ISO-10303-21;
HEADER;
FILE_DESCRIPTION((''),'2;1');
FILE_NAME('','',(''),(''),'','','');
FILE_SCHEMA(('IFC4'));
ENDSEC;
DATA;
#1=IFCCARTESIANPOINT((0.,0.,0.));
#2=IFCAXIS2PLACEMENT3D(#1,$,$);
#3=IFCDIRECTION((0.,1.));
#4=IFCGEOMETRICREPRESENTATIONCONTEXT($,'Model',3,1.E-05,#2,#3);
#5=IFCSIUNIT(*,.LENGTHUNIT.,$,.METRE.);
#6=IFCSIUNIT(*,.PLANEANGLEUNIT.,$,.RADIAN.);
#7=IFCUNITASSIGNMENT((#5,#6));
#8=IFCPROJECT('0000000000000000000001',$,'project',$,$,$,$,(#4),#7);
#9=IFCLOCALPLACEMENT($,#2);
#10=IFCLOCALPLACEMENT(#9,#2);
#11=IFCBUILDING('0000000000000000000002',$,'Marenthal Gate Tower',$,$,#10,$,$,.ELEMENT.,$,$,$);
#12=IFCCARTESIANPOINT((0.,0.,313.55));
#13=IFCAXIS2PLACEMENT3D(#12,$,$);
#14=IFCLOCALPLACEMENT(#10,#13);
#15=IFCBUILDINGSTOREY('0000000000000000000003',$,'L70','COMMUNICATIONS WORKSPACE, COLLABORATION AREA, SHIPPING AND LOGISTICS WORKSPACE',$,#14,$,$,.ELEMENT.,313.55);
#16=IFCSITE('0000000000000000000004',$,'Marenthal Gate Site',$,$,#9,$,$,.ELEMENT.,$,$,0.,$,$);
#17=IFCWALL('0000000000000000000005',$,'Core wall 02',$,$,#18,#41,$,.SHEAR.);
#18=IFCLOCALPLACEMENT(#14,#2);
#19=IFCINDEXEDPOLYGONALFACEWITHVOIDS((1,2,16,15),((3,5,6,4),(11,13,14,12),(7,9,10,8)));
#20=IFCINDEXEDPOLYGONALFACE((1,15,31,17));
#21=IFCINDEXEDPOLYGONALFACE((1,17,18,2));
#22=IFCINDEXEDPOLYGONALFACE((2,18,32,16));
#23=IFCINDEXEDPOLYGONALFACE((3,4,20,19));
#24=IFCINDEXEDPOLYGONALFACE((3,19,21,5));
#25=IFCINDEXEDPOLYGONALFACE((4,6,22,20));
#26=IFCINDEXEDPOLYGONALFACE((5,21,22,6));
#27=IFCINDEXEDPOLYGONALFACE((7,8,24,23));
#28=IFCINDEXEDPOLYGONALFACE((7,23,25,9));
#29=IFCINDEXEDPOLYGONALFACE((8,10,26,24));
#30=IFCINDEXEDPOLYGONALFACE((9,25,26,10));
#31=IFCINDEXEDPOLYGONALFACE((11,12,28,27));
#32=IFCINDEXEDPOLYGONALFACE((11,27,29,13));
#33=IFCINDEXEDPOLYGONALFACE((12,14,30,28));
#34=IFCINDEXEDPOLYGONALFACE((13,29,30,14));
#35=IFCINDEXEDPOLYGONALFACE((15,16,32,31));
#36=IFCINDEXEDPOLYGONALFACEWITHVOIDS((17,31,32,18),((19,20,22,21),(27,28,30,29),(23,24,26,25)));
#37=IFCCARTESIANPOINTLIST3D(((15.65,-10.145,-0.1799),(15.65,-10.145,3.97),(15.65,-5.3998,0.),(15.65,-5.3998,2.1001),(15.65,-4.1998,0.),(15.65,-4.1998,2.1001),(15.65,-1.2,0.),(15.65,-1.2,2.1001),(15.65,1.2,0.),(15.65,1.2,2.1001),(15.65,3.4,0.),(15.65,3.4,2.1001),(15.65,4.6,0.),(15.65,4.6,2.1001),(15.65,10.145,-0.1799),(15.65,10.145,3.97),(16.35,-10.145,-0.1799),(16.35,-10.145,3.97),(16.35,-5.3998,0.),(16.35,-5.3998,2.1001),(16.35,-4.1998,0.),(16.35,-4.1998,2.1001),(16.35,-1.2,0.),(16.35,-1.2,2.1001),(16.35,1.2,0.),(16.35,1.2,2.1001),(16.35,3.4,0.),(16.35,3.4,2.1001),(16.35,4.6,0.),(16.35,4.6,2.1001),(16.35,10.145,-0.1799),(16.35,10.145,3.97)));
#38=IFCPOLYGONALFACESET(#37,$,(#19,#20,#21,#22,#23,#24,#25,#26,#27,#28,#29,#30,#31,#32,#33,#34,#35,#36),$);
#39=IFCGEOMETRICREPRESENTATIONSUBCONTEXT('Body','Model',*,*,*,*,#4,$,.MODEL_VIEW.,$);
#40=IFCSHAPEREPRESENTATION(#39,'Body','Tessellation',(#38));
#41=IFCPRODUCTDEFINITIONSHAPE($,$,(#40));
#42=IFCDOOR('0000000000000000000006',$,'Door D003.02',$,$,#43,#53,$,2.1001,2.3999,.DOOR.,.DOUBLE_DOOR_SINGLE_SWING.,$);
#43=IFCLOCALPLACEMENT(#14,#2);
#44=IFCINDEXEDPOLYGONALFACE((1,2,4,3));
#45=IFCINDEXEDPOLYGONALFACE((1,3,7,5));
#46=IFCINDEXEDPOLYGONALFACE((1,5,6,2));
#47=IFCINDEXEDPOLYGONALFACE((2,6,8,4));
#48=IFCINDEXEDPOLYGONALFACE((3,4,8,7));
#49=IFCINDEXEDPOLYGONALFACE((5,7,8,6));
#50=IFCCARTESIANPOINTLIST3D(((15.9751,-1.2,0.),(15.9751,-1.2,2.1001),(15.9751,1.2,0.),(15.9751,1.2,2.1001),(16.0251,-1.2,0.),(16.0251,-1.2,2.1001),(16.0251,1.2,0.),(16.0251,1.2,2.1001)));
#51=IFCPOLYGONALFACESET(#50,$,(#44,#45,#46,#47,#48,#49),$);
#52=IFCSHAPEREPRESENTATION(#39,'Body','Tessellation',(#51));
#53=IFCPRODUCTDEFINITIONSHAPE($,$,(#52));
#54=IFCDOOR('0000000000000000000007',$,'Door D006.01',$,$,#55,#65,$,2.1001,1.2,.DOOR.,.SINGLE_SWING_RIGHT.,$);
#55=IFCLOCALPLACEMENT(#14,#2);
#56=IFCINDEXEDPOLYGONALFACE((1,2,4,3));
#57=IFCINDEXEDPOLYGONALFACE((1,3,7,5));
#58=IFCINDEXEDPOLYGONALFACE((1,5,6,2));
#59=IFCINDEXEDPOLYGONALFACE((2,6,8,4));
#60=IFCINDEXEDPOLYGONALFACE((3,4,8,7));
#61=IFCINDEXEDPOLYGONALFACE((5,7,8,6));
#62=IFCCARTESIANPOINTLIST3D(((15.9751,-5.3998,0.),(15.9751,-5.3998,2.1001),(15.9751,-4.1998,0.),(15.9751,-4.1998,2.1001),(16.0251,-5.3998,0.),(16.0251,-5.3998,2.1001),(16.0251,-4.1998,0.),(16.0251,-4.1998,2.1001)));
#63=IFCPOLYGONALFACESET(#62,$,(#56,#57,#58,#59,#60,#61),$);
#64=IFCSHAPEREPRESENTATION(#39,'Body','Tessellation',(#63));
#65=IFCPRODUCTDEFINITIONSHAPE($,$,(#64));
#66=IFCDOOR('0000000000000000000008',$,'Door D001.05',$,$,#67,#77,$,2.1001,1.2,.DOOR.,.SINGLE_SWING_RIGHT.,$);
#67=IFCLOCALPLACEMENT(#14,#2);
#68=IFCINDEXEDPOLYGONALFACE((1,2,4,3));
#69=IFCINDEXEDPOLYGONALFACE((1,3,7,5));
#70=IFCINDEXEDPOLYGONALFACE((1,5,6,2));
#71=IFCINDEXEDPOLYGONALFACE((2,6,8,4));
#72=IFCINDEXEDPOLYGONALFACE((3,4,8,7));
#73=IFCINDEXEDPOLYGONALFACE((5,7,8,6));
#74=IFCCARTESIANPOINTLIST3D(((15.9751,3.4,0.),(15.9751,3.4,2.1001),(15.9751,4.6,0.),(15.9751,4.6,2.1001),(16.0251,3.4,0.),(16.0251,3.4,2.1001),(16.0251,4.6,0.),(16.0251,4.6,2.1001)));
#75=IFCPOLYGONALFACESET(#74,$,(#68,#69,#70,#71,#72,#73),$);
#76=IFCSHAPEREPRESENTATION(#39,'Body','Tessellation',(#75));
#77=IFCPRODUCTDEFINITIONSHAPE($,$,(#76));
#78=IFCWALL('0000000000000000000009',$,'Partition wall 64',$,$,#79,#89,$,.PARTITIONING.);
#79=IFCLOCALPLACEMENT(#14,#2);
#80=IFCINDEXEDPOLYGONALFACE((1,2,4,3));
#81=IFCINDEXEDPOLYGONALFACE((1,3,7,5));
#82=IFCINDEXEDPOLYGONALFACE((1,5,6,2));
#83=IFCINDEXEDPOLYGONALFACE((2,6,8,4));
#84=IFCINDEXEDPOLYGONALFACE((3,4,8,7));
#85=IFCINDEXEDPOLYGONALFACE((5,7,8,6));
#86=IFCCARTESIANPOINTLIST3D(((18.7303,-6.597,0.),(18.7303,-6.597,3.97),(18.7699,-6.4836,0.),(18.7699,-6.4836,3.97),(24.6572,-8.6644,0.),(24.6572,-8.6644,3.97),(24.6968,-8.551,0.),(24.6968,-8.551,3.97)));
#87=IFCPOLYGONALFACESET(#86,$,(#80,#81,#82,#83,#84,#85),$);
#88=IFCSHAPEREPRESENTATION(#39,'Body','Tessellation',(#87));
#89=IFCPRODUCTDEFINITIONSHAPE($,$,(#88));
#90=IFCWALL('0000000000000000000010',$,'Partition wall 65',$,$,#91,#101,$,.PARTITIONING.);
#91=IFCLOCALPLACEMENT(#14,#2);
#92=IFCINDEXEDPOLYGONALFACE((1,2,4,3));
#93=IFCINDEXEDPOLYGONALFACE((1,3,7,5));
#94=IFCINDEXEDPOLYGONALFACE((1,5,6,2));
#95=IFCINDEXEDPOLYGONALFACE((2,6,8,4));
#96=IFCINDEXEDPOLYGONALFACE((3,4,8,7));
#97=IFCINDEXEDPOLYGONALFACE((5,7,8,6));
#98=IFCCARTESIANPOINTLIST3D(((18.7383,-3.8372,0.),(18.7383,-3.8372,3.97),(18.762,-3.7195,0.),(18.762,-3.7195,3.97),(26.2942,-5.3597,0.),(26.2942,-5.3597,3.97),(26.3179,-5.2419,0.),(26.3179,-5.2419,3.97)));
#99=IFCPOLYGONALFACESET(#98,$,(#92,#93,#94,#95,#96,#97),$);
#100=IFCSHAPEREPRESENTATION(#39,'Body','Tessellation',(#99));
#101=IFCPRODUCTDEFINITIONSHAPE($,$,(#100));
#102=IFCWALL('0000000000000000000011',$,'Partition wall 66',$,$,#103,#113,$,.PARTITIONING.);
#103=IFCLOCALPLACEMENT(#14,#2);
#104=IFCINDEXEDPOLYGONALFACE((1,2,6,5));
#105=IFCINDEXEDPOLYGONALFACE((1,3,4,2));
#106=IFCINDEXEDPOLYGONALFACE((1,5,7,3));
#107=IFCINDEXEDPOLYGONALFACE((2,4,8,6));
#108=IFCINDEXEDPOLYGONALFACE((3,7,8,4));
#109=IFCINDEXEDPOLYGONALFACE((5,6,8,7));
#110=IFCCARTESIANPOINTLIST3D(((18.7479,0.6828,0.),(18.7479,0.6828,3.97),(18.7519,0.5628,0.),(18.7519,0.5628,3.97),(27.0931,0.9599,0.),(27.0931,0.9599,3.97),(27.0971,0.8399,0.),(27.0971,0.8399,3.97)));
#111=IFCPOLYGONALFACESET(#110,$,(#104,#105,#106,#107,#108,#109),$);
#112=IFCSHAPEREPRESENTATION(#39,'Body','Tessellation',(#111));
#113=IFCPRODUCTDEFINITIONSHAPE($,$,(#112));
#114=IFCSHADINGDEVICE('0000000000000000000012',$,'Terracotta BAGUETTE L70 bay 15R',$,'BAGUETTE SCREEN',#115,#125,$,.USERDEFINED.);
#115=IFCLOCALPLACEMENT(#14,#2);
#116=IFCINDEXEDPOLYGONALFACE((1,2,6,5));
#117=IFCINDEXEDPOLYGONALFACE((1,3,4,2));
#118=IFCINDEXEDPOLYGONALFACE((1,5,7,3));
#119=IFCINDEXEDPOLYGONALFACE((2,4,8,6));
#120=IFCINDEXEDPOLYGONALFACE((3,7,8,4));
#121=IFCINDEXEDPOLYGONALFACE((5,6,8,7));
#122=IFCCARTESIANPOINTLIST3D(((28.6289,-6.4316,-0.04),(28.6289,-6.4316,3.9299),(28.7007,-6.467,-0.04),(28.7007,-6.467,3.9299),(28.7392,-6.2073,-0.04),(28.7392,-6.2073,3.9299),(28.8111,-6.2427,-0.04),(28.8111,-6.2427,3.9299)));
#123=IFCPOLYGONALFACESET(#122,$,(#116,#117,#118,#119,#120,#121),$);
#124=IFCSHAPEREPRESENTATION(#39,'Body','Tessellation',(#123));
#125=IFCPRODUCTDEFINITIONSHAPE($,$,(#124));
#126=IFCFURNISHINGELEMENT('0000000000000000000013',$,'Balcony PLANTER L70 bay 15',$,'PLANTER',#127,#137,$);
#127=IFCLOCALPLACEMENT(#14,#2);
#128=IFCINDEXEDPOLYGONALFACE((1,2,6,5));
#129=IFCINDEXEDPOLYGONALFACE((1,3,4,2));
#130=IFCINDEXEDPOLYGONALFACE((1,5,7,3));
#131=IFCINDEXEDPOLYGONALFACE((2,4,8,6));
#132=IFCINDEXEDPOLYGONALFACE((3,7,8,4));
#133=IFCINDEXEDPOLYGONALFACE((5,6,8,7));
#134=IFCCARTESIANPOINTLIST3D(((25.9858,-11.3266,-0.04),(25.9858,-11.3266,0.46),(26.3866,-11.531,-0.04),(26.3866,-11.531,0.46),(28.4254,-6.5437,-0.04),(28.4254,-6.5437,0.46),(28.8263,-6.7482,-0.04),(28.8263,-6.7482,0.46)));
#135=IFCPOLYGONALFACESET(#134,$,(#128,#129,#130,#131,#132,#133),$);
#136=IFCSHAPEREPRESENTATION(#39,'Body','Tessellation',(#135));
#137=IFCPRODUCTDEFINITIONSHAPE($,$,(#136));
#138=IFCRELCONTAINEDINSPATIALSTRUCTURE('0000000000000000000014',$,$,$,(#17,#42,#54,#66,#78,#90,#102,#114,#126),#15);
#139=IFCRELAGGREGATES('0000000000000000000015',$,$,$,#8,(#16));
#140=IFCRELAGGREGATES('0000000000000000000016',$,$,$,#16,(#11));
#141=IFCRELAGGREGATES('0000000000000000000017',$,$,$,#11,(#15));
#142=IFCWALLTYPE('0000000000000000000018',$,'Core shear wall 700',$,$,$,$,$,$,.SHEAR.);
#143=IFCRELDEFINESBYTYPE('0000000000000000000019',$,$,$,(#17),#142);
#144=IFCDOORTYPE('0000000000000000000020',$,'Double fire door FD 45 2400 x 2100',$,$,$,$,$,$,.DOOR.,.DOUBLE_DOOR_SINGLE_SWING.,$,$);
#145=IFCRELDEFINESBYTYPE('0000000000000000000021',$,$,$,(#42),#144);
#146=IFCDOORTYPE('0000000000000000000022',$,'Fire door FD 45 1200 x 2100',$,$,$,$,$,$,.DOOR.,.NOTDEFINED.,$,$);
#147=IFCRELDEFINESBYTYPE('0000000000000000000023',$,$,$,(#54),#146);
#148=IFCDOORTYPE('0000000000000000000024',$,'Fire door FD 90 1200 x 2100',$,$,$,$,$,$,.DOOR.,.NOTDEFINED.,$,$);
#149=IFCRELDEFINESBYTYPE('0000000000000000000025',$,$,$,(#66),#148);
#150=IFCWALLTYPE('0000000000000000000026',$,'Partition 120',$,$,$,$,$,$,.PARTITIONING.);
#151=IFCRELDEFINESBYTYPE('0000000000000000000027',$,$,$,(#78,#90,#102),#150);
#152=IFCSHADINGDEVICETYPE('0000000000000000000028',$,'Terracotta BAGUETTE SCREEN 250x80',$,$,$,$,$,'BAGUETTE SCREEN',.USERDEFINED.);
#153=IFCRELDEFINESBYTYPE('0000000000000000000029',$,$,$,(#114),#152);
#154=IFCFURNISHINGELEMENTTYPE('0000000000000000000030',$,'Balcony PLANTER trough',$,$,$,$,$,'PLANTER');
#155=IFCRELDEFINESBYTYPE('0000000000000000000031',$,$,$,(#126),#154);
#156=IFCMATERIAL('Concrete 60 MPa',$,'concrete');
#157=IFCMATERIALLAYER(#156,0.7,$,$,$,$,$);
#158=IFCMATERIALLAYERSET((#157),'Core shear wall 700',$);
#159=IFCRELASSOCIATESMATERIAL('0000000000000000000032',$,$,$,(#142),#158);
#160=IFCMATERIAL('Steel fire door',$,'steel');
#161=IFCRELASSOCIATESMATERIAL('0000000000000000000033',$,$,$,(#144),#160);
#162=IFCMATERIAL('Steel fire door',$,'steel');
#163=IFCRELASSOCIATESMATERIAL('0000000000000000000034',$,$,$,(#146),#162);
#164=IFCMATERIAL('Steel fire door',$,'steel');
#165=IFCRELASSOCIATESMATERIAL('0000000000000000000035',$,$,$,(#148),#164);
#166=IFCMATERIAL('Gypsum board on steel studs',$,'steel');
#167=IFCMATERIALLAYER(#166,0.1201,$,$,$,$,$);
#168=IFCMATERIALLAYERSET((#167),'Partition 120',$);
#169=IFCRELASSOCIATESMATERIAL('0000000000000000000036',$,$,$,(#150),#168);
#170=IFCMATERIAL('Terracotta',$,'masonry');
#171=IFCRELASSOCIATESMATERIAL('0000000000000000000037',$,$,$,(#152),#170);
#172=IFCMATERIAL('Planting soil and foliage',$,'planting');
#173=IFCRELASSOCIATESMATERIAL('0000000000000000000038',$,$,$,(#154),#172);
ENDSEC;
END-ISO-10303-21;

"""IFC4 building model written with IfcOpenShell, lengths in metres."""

from ifc_helpers import new_model, si_unit, direction, frame, frame_2d, origin, origin_2d, place, context, subcontext, project, spatial, rectangle, extrude, material, layer, layer_set, material_profile, profile_set, type_object, element, fill, save


model = new_model("IFC4")

# Units and contexts
model_context = context("Model", 3, precision=1e-05, world=origin(), true_north=direction((0.0, 1.0)))
body_context = subcontext(model_context, "Body", "Model", "MODEL_VIEW")
ifc_project = project(units=[si_unit("LENGTHUNIT", "METRE"), si_unit("PLANEANGLEUNIT", "RADIAN")], contexts=[model_context])

# Site, building, storey
site_placement = place(None, origin())
site = spatial("IfcSite", under=ifc_project, at=site_placement, Name="Marenthal Gate Site", CompositionType="ELEMENT", RefElevation=0.0)
building_placement = place(site_placement, origin())
building = spatial("IfcBuilding", under=site, at=building_placement, Name="Marenthal Gate Tower", CompositionType="ELEMENT")
storey_placement = place(building_placement, frame((0.0, 0.0, 313.55)))
storey = spatial("IfcBuildingStorey", under=building, at=storey_placement, Name="L70", Description="COMMUNICATIONS WORKSPACE, COLLABORATION AREA, SHIPPING AND LOGISTICS WORKSPACE", CompositionType="ELEMENT", Elevation=313.55)

# Wall, openings, doors
ifc_material_1 = material(Name="Concrete 60 MPa", Category="concrete")
ifc_layer_1 = layer(ifc_material_1, 0.7)
ifc_layer_set_1 = layer_set([ifc_layer_1], Name="Core shear wall 700")
wall_type_1 = type_object("IfcWallType", Name="Core shear wall 700", PredefinedType="SHEAR", material=ifc_layer_set_1)
wall_1_placement = place(storey_placement, frame((16.0, -10.145, -0.1799), z_axis=(0.0, 0.0, 1.0), x_axis=(0.0, 1.0, 0.0)))
wall_1 = element("IfcWall", 1, at=wall_1_placement, inside=storey, type_object=wall_type_1, Name="Core wall 02", PredefinedType="SHEAR", context=body_context, shape_type="SweptSolid", body=[
    extrude(rectangle(XDim=20.29, YDim=0.7, at=frame_2d((10.145, 0.0))), origin(), (0.0, 0.0, 1.0), 4.1499),
])
opening_1_placement = place(wall_1_placement, frame((8.9451, 0.0, 0.1799)))
opening_1 = element("IfcOpeningElement", 2, at=opening_1_placement, cuts=wall_1, PredefinedType="OPENING", context=body_context, shape_type="SweptSolid", body=[
    extrude(rectangle(XDim=2.3999, YDim=2.1001, at=frame_2d((1.2, 1.05))), frame((0.0, 0.3599, 0.0), z_axis=(0.0, -1.0, 0.0), x_axis=(1.0, 0.0, 0.0)), (0.0, 0.0, 1.0), 0.72),
])
opening_2_placement = place(wall_1_placement, frame((13.5449, 0.0, 0.1799)))
opening_2 = element("IfcOpeningElement", 3, at=opening_2_placement, cuts=wall_1, PredefinedType="OPENING", context=body_context, shape_type="SweptSolid", body=[
    extrude(rectangle(XDim=1.2, YDim=2.1001, at=frame_2d((0.6001, 1.05))), frame((0.0, 0.3599, 0.0), z_axis=(0.0, -1.0, 0.0), x_axis=(1.0, 0.0, 0.0)), (0.0, 0.0, 1.0), 0.72),
])
opening_3_placement = place(wall_1_placement, frame((4.7451, 0.0, 0.1799)))
opening_3 = element("IfcOpeningElement", 4, at=opening_3_placement, cuts=wall_1, PredefinedType="OPENING", context=body_context, shape_type="SweptSolid", body=[
    extrude(rectangle(XDim=1.2, YDim=2.1001, at=frame_2d((0.6001, 1.05))), frame((0.0, 0.3599, 0.0), z_axis=(0.0, -1.0, 0.0), x_axis=(1.0, 0.0, 0.0)), (0.0, 0.0, 1.0), 0.72),
])
ifc_material_2 = material(Name="Steel fire door", Category="steel")
door_type_1 = type_object("IfcDoorType", Name="Double fire door FD 45 2400 x 2100", OperationType="DOUBLE_DOOR_SINGLE_SWING", PredefinedType="DOOR", material=ifc_material_2)
door_1_placement = place(opening_1_placement, origin())
door_1 = element("IfcDoor", 5, at=door_1_placement, inside=storey, type_object=door_type_1, Name="Door D003.02", OperationType="DOUBLE_DOOR_SINGLE_SWING", OverallHeight=2.1001, OverallWidth=2.3999, PredefinedType="DOOR", context=body_context, shape_type="SweptSolid", body=[
    extrude(rectangle(XDim=2.3999, YDim=2.1001, at=frame_2d((1.2, 1.05))), frame((0.0, 0.0249, 0.0), z_axis=(0.0, -1.0, 0.0), x_axis=(1.0, 0.0, 0.0)), (0.0, 0.0, 1.0), 0.05),
])
fill(opening_1, door_1)
ifc_material_3 = material(Name="Steel fire door", Category="steel")
door_type_2 = type_object("IfcDoorType", Name="Fire door FD 45 1200 x 2100", OperationType="NOTDEFINED", PredefinedType="DOOR", material=ifc_material_3)
door_2_placement = place(opening_3_placement, origin())
door_2 = element("IfcDoor", 6, at=door_2_placement, inside=storey, type_object=door_type_2, Name="Door D006.01", OperationType="SINGLE_SWING_RIGHT", OverallHeight=2.1001, OverallWidth=1.2, PredefinedType="DOOR", context=body_context, shape_type="SweptSolid", body=[
    extrude(rectangle(XDim=1.2, YDim=2.1001, at=frame_2d((0.6001, 1.05))), frame((0.0, 0.0249, 0.0), z_axis=(0.0, -1.0, 0.0), x_axis=(1.0, 0.0, 0.0)), (0.0, 0.0, 1.0), 0.05),
])
fill(opening_3, door_2)
ifc_material_4 = material(Name="Steel fire door", Category="steel")
door_type_3 = type_object("IfcDoorType", Name="Fire door FD 90 1200 x 2100", OperationType="NOTDEFINED", PredefinedType="DOOR", material=ifc_material_4)
door_3_placement = place(opening_2_placement, origin())
door_3 = element("IfcDoor", 7, at=door_3_placement, inside=storey, type_object=door_type_3, Name="Door D001.05", OperationType="SINGLE_SWING_RIGHT", OverallHeight=2.1001, OverallWidth=1.2, PredefinedType="DOOR", context=body_context, shape_type="SweptSolid", body=[
    extrude(rectangle(XDim=1.2, YDim=2.1001, at=frame_2d((0.6001, 1.05))), frame((0.0, 0.0249, 0.0), z_axis=(0.0, -1.0, 0.0), x_axis=(1.0, 0.0, 0.0)), (0.0, 0.0, 1.0), 0.05),
])
fill(opening_2, door_3)

# Walls
ifc_material_5 = material(Name="Gypsum board on steel studs", Category="steel")
ifc_layer_2 = layer(ifc_material_5, 0.1201)
ifc_layer_set_2 = layer_set([ifc_layer_2], Name="Partition 120")
wall_type_2 = type_object("IfcWallType", Name="Partition 120", PredefinedType="PARTITIONING", material=ifc_layer_set_2)
wall_2_placement = place(storey_placement, frame((18.75, -6.5403, 0.0), z_axis=(0.0, 0.0, 1.0), x_axis=(0.944209, -0.329347, 0.0)))
element("IfcWall", 8, at=wall_2_placement, inside=storey, type_object=wall_type_2, Name="Partition wall 64", PredefinedType="PARTITIONING", context=body_context, shape_type="SweptSolid", body=[
    extrude(rectangle(XDim=6.2771, YDim=0.1201, at=frame_2d((3.1387, 0.0))), origin(), (0.0, 0.0, 1.0), 3.97),
])
wall_3_placement = place(storey_placement, frame((18.75, -3.7783, 0.0), z_axis=(0.0, 0.0, 1.0), x_axis=(0.980298, -0.197523, 0.0)))
element("IfcWall", 9, at=wall_3_placement, inside=storey, type_object=wall_type_2, Name="Partition wall 65", PredefinedType="PARTITIONING", context=body_context, shape_type="SweptSolid", body=[
    extrude(rectangle(XDim=7.7078, YDim=0.1201, at=frame_2d((3.854, 0.0))), origin(), (0.0, 0.0, 1.0), 3.97),
])
wall_4_placement = place(storey_placement, frame((18.75, 0.6228, 0.0), z_axis=(0.0, 0.0, 1.0), x_axis=(0.999449, 0.033186, 0.0)))
element("IfcWall", 10, at=wall_4_placement, inside=storey, type_object=wall_type_2, Name="Partition wall 66", PredefinedType="PARTITIONING", context=body_context, shape_type="SweptSolid", body=[
    extrude(rectangle(XDim=8.3499, YDim=0.1201, at=frame_2d((4.1748, 0.0))), origin(), (0.0, 0.0, 1.0), 3.97),
])

# Shading device
ifc_material_6 = material(Name="Terracotta", Category="masonry")
ifc_material_profile_1 = material_profile(ifc_material_6, rectangle(XDim=0.25, YDim=0.0801, at=origin_2d()), Name="Terracotta baguette 250x80")
ifc_profile_set_1 = profile_set([ifc_material_profile_1], Name="Terracotta")
shading_device_type = type_object("IfcShadingDeviceType", Name="Terracotta BAGUETTE SCREEN 250x80", ElementType="BAGUETTE SCREEN", PredefinedType="USERDEFINED", material=ifc_profile_set_1)
shading_device_placement = place(storey_placement, frame((28.72, -6.3372, -0.04), z_axis=(0.0, 0.0, 1.0), x_axis=(0.441518, 0.897253, 0.0)))
element("IfcShadingDevice", 11, at=shading_device_placement, inside=storey, type_object=shading_device_type, Name="Terracotta BAGUETTE L70 bay 15R", ObjectType="BAGUETTE SCREEN", PredefinedType="USERDEFINED", context=body_context, shape_type="SweptSolid", body=[
    extrude(rectangle(XDim=0.25, YDim=0.0801, at=origin_2d()), origin(), (0.0, 0.0, 1.0), 3.97),
])

# Furnishing element
ifc_material_7 = material(Name="Planting soil and foliage", Category="planting")
furnishing_element_type = type_object("IfcFurnishingElementType", Name="Balcony PLANTER trough", ElementType="PLANTER", material=ifc_material_7)
furnishing_placement = place(storey_placement, frame((27.406, -9.0374, -0.04), z_axis=(0.0, 0.0, 1.0), x_axis=(0.454389, 0.890803, 0.0)))
element("IfcFurnishingElement", 12, at=furnishing_placement, inside=storey, type_object=furnishing_element_type, Name="Balcony PLANTER L70 bay 15", ObjectType="PLANTER", context=body_context, shape_type="SweptSolid", body=[
    extrude(rectangle(XDim=5.3691, YDim=0.45, at=origin_2d()), origin(), (0.0, 0.0, 1.0), 0.5),
])

save(model, "model.ifc")
